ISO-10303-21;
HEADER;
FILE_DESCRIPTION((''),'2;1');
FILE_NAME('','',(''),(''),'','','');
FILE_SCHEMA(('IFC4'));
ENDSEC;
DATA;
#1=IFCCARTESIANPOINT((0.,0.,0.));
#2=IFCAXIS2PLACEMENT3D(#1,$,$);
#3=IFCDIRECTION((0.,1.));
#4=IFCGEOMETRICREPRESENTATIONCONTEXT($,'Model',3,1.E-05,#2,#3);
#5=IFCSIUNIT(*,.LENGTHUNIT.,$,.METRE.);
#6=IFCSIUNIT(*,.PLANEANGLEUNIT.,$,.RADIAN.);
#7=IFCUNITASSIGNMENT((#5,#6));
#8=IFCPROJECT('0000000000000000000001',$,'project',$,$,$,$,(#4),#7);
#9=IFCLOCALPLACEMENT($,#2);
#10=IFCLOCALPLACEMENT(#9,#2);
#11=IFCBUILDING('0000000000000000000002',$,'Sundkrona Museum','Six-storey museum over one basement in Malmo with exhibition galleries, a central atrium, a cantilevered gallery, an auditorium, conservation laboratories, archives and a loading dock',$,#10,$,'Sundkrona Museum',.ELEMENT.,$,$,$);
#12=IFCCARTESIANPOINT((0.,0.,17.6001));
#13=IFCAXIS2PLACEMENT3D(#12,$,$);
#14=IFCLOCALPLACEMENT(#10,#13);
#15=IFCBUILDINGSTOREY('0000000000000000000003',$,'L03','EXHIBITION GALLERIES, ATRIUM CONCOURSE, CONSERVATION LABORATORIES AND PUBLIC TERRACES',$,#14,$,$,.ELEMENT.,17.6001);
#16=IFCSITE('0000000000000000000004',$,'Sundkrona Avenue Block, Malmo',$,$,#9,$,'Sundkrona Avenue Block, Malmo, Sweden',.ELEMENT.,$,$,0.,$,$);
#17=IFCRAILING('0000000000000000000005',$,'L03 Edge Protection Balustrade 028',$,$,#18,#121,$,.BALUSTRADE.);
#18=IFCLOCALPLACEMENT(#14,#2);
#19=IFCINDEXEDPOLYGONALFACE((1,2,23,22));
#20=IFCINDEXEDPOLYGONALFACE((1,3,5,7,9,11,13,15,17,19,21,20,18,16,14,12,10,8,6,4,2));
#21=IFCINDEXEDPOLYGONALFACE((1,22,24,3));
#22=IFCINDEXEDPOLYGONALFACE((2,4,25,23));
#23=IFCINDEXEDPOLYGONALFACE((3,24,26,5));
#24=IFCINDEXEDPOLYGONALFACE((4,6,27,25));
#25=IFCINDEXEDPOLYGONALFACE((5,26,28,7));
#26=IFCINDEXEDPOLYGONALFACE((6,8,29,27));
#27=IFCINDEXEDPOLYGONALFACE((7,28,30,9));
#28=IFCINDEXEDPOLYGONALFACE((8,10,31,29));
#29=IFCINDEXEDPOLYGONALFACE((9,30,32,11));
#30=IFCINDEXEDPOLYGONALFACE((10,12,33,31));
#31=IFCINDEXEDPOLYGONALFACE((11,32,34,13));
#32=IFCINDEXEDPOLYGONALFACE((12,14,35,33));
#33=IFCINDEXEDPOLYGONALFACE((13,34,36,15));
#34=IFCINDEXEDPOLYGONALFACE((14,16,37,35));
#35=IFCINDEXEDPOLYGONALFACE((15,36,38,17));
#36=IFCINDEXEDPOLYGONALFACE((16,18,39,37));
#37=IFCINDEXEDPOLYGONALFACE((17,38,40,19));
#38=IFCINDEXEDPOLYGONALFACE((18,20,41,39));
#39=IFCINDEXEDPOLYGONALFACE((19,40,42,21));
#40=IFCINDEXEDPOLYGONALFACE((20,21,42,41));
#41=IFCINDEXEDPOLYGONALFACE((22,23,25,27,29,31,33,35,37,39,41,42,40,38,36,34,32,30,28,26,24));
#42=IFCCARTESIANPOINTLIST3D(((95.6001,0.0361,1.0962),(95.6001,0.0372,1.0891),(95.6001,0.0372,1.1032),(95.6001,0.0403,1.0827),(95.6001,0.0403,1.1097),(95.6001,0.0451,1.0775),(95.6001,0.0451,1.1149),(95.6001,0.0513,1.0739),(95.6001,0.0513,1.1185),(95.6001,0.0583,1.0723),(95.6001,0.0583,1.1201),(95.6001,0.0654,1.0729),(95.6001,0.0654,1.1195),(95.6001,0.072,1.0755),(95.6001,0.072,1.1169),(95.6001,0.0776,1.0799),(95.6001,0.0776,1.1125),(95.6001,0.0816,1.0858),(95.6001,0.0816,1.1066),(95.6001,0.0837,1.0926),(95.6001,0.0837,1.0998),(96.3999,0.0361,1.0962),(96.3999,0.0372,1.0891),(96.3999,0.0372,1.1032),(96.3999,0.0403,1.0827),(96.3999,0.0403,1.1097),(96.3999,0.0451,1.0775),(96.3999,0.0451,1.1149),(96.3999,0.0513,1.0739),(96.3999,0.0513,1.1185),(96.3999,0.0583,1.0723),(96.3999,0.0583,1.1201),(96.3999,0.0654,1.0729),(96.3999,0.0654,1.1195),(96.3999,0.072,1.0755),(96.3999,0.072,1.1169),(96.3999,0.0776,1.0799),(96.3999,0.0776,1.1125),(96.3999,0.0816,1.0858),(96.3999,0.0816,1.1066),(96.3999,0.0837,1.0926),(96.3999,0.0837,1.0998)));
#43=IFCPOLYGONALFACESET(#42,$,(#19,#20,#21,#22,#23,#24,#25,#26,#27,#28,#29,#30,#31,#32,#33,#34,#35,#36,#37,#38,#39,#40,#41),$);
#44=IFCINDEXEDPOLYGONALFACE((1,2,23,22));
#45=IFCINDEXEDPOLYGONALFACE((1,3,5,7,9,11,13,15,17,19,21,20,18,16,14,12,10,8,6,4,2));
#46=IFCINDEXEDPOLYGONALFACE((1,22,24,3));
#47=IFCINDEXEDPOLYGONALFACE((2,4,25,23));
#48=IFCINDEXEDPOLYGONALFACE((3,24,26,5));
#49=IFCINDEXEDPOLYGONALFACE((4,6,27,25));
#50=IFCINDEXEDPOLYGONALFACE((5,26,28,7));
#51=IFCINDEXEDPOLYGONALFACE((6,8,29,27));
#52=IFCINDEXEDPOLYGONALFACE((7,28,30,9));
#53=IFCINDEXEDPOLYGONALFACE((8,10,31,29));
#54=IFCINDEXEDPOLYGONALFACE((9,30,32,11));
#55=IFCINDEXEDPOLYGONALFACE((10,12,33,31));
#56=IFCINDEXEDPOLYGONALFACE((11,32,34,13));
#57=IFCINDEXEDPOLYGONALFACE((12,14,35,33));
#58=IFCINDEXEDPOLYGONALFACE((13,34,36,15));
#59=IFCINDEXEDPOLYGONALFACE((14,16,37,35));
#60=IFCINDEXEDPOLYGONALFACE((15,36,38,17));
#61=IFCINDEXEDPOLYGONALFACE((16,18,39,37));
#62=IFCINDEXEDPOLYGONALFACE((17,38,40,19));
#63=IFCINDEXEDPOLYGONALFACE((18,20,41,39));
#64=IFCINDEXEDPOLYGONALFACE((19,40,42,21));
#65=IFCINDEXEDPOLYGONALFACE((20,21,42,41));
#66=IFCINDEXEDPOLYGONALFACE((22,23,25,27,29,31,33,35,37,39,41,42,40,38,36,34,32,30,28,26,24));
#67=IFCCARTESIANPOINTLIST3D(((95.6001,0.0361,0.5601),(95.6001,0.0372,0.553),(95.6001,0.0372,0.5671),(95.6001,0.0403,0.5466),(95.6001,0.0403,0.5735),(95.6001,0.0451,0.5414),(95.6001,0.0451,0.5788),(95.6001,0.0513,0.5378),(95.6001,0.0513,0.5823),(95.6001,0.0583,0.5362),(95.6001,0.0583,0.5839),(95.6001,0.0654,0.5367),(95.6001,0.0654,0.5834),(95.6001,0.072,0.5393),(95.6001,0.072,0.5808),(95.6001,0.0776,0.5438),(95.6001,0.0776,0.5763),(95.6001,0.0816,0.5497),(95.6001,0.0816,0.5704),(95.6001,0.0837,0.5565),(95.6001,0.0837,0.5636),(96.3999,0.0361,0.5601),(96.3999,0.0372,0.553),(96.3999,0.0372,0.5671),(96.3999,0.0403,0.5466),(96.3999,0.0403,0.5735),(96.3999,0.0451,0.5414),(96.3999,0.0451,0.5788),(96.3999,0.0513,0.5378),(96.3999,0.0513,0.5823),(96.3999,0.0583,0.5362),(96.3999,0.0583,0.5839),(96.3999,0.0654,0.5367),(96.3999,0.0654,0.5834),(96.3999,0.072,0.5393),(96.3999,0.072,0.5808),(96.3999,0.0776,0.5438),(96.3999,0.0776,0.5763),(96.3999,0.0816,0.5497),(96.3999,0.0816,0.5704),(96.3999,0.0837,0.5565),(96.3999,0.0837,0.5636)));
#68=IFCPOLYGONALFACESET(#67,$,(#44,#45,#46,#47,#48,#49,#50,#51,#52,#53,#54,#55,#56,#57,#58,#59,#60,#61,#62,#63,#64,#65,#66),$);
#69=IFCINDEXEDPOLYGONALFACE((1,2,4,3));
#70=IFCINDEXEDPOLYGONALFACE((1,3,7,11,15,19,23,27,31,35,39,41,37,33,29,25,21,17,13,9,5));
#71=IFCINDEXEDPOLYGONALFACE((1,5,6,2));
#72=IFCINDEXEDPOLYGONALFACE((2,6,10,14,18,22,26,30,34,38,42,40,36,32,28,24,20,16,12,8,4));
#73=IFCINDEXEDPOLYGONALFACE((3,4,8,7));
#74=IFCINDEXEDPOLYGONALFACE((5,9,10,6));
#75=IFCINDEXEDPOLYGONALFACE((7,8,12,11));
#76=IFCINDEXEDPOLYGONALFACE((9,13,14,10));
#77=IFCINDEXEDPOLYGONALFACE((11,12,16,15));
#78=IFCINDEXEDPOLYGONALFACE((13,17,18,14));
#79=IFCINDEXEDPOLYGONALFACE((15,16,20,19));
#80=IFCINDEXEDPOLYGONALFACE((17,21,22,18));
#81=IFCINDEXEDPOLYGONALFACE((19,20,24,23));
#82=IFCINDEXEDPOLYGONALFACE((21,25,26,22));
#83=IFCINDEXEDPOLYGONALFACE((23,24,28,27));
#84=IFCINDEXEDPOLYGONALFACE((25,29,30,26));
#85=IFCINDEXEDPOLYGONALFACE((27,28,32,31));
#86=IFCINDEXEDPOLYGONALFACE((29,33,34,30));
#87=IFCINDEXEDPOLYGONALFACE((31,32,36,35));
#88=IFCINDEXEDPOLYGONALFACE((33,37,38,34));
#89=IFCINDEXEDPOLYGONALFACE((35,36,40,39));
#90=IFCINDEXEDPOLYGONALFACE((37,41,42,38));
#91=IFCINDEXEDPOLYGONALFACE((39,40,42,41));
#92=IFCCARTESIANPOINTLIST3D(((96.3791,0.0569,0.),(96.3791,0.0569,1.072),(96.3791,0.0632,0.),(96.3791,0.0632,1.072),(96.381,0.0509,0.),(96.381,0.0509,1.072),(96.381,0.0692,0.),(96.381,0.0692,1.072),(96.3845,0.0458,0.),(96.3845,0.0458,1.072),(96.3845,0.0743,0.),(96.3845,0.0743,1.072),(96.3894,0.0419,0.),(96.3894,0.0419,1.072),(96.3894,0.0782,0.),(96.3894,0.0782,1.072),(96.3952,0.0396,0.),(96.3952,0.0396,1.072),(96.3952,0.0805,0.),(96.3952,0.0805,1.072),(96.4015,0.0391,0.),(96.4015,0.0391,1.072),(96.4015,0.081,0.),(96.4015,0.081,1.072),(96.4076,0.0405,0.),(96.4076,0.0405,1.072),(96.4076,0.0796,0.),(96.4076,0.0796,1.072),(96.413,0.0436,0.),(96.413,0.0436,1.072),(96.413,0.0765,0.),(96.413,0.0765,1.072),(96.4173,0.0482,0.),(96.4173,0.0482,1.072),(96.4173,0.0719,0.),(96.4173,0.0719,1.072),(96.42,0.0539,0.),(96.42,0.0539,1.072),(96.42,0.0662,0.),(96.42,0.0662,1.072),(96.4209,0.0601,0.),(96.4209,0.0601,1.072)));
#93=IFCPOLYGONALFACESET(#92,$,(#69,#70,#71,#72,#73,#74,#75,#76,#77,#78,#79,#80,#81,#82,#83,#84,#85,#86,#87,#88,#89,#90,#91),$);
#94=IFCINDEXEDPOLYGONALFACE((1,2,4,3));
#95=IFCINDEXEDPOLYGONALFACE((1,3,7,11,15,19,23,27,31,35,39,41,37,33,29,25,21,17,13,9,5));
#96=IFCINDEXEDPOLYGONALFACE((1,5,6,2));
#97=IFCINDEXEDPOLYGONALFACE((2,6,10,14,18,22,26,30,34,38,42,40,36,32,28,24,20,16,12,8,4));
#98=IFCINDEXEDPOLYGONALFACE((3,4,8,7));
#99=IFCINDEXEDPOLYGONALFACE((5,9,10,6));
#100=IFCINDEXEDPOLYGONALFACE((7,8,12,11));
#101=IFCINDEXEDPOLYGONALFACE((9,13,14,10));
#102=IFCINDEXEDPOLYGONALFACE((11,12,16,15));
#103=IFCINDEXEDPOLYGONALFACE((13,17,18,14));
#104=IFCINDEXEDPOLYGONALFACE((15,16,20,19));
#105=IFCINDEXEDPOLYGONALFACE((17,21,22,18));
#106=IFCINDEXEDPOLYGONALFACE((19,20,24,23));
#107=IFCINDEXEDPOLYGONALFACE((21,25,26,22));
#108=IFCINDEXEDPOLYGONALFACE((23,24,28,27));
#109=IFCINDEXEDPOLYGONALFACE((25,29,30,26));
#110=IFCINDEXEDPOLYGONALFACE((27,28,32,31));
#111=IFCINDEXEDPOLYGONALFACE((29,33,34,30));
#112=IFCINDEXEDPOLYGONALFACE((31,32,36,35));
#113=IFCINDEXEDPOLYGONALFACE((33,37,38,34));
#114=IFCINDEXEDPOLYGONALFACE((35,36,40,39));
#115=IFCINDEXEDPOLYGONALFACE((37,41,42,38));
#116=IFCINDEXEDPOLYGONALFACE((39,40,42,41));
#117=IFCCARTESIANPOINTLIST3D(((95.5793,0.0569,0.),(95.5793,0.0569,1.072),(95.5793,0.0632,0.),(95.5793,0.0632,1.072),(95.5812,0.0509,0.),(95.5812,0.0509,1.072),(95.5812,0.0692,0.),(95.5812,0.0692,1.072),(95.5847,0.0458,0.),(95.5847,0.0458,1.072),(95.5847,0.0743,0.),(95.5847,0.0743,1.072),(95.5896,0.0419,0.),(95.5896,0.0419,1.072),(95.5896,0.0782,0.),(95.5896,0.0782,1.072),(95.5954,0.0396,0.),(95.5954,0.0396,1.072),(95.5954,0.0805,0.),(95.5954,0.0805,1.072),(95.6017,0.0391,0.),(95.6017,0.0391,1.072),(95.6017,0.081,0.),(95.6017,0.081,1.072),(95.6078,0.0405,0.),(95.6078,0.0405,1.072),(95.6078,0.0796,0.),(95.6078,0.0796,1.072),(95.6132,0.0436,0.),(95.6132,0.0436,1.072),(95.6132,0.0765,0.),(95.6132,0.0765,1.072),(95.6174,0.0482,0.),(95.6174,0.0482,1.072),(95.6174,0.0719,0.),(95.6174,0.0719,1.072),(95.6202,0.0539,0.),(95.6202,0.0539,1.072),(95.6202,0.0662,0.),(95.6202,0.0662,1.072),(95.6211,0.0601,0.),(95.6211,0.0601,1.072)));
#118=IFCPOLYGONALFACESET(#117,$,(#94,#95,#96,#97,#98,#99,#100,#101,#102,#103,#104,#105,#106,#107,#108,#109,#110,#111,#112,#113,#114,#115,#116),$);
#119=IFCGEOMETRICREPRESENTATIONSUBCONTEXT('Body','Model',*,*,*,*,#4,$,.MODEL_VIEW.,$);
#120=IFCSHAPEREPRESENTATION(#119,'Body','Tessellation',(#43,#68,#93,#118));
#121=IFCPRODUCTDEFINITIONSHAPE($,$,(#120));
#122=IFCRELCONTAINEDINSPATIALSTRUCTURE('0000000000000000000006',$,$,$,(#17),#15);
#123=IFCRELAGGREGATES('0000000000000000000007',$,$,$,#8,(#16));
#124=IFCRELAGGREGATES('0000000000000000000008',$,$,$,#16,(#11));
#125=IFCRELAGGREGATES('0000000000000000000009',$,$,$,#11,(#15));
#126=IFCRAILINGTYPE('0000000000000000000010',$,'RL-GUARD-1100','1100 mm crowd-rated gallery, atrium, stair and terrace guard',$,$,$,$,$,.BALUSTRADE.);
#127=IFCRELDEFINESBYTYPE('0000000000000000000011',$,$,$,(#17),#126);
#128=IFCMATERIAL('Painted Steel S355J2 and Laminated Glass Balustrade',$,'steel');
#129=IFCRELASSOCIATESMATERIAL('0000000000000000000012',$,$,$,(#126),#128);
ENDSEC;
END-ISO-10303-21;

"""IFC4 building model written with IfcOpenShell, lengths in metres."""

from ifc_helpers import new_model, si_unit, direction, frame, origin, origin_2d, place, context, subcontext, project, spatial, circle, extrude, material, type_object, element, save


model = new_model("IFC4")

# Units and contexts
model_context = context("Model", 3, precision=1e-05, world=origin(), true_north=direction((0.0, 1.0)))
body_context = subcontext(model_context, "Body", "Model", "MODEL_VIEW")
ifc_project = project(units=[si_unit("LENGTHUNIT", "METRE"), si_unit("PLANEANGLEUNIT", "RADIAN")], contexts=[model_context])

# Site, building, storey
site_placement = place(None, origin())
site = spatial("IfcSite", under=ifc_project, at=site_placement, Name="Sundkrona Avenue Block, Malmo", LongName="Sundkrona Avenue Block, Malmo, Sweden", CompositionType="ELEMENT", RefElevation=0.0)
building_placement = place(site_placement, origin())
building = spatial("IfcBuilding", under=site, at=building_placement, Name="Sundkrona Museum", Description="Six-storey museum over one basement in Malmo with exhibition galleries, a central atrium, a cantilevered gallery, an auditorium, conservation laboratories, archives and a loading dock", LongName="Sundkrona Museum", CompositionType="ELEMENT")
storey_placement = place(building_placement, frame((0.0, 0.0, 17.6001)))
storey = spatial("IfcBuildingStorey", under=building, at=storey_placement, Name="L03", Description="EXHIBITION GALLERIES, ATRIUM CONCOURSE, CONSERVATION LABORATORIES AND PUBLIC TERRACES", CompositionType="ELEMENT", Elevation=17.6001)

# Railing
ifc_material_1 = material(Name="Painted Steel S355J2 and Laminated Glass Balustrade", Category="steel")
railing_type_1 = type_object("IfcRailingType", Name="RL-GUARD-1100", Description="1100 mm crowd-rated gallery, atrium, stair and terrace guard", PredefinedType="BALUSTRADE", material=ifc_material_1)
for number, where, name in (
    (1, (96.3999, 0.0601, 0.0), "L03 Edge Protection Balustrade 028"),
):
    element("IfcRailing", number, at=place(storey_placement, frame(where)), inside=storey, type_object=railing_type_1, Name=name, PredefinedType="BALUSTRADE", context=body_context, shape_type="SweptSolid", body=[
        extrude(circle(Radius=0.0239, at=origin_2d()), frame((0.0, 0.0, 1.0962), z_axis=(-1.0, 0.0, 0.0), x_axis=(0.0, -1.0, 0.0)), (0.0, 0.0, 1.0), 0.7998),
        extrude(circle(Radius=0.0239, at=origin_2d()), frame((0.0, 0.0, 0.5601), z_axis=(-1.0, 0.0, 0.0), x_axis=(0.0, -1.0, 0.0)), (0.0, 0.0, 1.0), 0.7998),
        extrude(circle(Radius=0.021, at=origin_2d()), origin(), (0.0, 0.0, 1.0), 1.072),
        extrude(circle(Radius=0.021, at=origin_2d()), frame((-0.7998, 0.0, 0.0)), (0.0, 0.0, 1.0), 1.072),
    ])

save(model, "model.ifc")
